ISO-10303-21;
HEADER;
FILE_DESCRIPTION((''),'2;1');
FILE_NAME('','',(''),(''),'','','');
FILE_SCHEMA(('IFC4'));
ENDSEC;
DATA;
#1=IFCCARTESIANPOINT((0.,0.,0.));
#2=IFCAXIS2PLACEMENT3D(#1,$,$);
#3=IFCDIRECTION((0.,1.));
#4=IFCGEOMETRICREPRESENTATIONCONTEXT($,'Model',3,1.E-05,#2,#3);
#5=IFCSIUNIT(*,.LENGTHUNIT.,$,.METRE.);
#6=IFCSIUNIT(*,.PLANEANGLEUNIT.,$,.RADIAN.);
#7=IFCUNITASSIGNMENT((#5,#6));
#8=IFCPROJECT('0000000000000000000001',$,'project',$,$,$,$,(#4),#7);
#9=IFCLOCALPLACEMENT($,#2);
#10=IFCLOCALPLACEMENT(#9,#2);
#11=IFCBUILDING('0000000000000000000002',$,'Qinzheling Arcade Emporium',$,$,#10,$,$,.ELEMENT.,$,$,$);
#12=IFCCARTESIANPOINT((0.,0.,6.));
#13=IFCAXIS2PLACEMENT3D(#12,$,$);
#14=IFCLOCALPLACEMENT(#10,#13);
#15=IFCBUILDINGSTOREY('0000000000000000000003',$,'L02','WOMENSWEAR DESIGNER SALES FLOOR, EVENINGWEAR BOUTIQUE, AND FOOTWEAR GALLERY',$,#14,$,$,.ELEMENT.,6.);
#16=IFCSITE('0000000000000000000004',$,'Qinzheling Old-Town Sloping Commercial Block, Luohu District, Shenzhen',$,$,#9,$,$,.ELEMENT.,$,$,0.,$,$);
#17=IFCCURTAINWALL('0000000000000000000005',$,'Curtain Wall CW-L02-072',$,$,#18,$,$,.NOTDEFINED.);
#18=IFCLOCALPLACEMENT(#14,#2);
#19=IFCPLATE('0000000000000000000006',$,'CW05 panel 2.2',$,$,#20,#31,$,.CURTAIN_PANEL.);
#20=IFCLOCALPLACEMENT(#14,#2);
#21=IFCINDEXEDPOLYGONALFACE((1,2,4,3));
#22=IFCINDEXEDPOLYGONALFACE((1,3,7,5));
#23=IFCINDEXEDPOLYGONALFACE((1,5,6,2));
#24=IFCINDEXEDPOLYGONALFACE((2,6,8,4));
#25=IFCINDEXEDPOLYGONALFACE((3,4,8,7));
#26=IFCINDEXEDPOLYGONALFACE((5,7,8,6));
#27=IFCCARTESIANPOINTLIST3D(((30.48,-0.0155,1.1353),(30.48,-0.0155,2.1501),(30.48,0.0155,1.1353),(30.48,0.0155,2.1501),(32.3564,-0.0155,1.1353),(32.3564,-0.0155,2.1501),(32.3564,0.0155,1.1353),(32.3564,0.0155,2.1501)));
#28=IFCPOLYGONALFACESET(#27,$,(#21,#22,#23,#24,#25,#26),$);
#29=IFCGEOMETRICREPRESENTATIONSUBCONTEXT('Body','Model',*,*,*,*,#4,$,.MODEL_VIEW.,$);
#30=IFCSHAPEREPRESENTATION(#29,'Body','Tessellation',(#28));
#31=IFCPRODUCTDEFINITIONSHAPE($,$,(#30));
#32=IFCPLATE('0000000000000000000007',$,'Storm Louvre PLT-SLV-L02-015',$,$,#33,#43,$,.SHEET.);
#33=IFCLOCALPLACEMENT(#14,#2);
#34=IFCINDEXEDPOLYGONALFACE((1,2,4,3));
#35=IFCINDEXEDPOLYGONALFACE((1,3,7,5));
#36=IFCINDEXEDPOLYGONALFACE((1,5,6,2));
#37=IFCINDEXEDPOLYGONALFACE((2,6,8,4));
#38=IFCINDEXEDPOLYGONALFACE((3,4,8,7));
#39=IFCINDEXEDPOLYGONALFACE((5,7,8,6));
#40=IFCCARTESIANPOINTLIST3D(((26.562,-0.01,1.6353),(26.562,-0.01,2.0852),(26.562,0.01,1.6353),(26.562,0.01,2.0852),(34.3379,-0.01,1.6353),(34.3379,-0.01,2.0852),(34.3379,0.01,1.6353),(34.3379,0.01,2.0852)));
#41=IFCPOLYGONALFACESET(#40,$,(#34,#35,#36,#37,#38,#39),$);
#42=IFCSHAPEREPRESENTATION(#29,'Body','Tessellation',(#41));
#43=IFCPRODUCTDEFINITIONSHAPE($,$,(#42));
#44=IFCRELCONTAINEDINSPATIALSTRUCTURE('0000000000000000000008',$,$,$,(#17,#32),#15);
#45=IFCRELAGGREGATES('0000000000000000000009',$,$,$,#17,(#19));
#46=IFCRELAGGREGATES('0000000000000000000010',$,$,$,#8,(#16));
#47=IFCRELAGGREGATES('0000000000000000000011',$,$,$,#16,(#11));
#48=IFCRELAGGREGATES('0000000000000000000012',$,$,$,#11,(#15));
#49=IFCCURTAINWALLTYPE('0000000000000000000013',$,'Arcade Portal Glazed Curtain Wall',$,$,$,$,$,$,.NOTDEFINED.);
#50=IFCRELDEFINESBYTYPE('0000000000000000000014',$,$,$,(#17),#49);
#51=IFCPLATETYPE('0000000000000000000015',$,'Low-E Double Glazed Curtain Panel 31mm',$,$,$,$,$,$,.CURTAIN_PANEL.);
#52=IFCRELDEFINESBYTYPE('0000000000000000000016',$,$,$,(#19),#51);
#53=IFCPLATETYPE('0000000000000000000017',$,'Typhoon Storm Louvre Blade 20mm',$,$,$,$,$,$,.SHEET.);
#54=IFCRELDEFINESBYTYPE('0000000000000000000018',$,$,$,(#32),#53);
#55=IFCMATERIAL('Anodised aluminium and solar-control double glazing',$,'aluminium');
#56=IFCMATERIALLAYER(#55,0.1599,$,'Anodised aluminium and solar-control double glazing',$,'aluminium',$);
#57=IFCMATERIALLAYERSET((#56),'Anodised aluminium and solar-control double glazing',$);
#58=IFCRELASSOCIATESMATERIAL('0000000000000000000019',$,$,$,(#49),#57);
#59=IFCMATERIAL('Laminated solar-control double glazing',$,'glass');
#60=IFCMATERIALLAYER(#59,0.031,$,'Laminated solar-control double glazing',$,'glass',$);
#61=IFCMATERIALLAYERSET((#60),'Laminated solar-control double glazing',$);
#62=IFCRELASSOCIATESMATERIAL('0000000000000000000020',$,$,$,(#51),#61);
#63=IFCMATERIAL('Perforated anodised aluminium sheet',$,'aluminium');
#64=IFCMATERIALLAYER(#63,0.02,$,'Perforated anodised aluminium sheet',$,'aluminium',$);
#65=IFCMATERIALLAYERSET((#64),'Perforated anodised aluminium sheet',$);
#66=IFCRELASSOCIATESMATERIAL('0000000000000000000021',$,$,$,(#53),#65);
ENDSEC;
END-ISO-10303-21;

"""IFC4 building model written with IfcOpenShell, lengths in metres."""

from ifc_helpers import new_model, si_unit, direction, frame, origin, origin_2d, place, context, subcontext, project, spatial, rectangle, extrude, material, layer, layer_set, type_object, element, aggregate, save


model = new_model("IFC4")

# Units and contexts
model_context = context("Model", 3, precision=1e-05, world=origin(), true_north=direction((0.0, 1.0)))
body_context = subcontext(model_context, "Body", "Model", "MODEL_VIEW")
ifc_project = project(units=[si_unit("LENGTHUNIT", "METRE"), si_unit("PLANEANGLEUNIT", "RADIAN")], contexts=[model_context])

# Site, building, storey
site_placement = place(None, origin())
site = spatial("IfcSite", under=ifc_project, at=site_placement, Name="Qinzheling Old-Town Sloping Commercial Block, Luohu District, Shenzhen", CompositionType="ELEMENT", RefElevation=0.0)
building_placement = place(site_placement, origin())
building = spatial("IfcBuilding", under=site, at=building_placement, Name="Qinzheling Arcade Emporium", CompositionType="ELEMENT")
storey_placement = place(building_placement, frame((0.0, 0.0, 6.0)))
storey = spatial("IfcBuildingStorey", under=building, at=storey_placement, Name="L02", Description="WOMENSWEAR DESIGNER SALES FLOOR, EVENINGWEAR BOUTIQUE, AND FOOTWEAR GALLERY", CompositionType="ELEMENT", Elevation=6.0)

# Shared definitions
ifc_material_1 = material(Name="Anodised aluminium and solar-control double glazing", Category="aluminium")
ifc_layer_1 = layer(ifc_material_1, 0.1599, Name="Anodised aluminium and solar-control double glazing", Category="aluminium")
ifc_layer_set_1 = layer_set([ifc_layer_1], Name="Anodised aluminium and solar-control double glazing")
curtain_wall_type = type_object("IfcCurtainWallType", Name="Arcade Portal Glazed Curtain Wall", PredefinedType="NOTDEFINED", material=ifc_layer_set_1)

# Curtain wall
curtain_wall_1_placement = place(storey_placement, origin())
curtain_wall_1 = element("IfcCurtainWall", 1, at=curtain_wall_1_placement, inside=storey, type_object=curtain_wall_type, Name="Curtain Wall CW-L02-072", PredefinedType="NOTDEFINED")

# Plates
ifc_material_2 = material(Name="Laminated solar-control double glazing", Category="glass")
ifc_layer_2 = layer(ifc_material_2, 0.031, Name="Laminated solar-control double glazing", Category="glass")
ifc_layer_set_2 = layer_set([ifc_layer_2], Name="Laminated solar-control double glazing")
plate_type_1 = type_object("IfcPlateType", Name="Low-E Double Glazed Curtain Panel 31mm", PredefinedType="CURTAIN_PANEL", material=ifc_layer_set_2)
plate_1_placement = place(storey_placement, frame((31.4182, 0.0, 1.1353), z_axis=(0.0, 0.0, 1.0), x_axis=(-1.0, 0.0, 0.0)))
plate_1 = element("IfcPlate", 2, at=plate_1_placement, type_object=plate_type_1, Name="CW05 panel 2.2", PredefinedType="CURTAIN_PANEL", context=body_context, shape_type="SweptSolid", body=[
    extrude(rectangle(XDim=1.8765, YDim=0.031, at=origin_2d()), origin(), (0.0, 0.0, 1.0), 1.0149),
])
aggregate(curtain_wall_1, [plate_1])
ifc_material_3 = material(Name="Perforated anodised aluminium sheet", Category="aluminium")
ifc_layer_3 = layer(ifc_material_3, 0.02, Name="Perforated anodised aluminium sheet", Category="aluminium")
ifc_layer_set_3 = layer_set([ifc_layer_3], Name="Perforated anodised aluminium sheet")
plate_type_2 = type_object("IfcPlateType", Name="Typhoon Storm Louvre Blade 20mm", PredefinedType="SHEET", material=ifc_layer_set_3)
plate_2_placement = place(storey_placement, frame((30.45, 0.0, 1.6353), z_axis=(0.0, 0.0, 1.0), x_axis=(-1.0, 0.0, 0.0)))
element("IfcPlate", 3, at=plate_2_placement, inside=storey, type_object=plate_type_2, Name="Storm Louvre PLT-SLV-L02-015", PredefinedType="SHEET", context=body_context, shape_type="SweptSolid", body=[
    extrude(rectangle(XDim=7.7759, YDim=0.02, at=origin_2d()), origin(), (0.0, 0.0, 1.0), 0.45),
])

save(model, "model.ifc")
